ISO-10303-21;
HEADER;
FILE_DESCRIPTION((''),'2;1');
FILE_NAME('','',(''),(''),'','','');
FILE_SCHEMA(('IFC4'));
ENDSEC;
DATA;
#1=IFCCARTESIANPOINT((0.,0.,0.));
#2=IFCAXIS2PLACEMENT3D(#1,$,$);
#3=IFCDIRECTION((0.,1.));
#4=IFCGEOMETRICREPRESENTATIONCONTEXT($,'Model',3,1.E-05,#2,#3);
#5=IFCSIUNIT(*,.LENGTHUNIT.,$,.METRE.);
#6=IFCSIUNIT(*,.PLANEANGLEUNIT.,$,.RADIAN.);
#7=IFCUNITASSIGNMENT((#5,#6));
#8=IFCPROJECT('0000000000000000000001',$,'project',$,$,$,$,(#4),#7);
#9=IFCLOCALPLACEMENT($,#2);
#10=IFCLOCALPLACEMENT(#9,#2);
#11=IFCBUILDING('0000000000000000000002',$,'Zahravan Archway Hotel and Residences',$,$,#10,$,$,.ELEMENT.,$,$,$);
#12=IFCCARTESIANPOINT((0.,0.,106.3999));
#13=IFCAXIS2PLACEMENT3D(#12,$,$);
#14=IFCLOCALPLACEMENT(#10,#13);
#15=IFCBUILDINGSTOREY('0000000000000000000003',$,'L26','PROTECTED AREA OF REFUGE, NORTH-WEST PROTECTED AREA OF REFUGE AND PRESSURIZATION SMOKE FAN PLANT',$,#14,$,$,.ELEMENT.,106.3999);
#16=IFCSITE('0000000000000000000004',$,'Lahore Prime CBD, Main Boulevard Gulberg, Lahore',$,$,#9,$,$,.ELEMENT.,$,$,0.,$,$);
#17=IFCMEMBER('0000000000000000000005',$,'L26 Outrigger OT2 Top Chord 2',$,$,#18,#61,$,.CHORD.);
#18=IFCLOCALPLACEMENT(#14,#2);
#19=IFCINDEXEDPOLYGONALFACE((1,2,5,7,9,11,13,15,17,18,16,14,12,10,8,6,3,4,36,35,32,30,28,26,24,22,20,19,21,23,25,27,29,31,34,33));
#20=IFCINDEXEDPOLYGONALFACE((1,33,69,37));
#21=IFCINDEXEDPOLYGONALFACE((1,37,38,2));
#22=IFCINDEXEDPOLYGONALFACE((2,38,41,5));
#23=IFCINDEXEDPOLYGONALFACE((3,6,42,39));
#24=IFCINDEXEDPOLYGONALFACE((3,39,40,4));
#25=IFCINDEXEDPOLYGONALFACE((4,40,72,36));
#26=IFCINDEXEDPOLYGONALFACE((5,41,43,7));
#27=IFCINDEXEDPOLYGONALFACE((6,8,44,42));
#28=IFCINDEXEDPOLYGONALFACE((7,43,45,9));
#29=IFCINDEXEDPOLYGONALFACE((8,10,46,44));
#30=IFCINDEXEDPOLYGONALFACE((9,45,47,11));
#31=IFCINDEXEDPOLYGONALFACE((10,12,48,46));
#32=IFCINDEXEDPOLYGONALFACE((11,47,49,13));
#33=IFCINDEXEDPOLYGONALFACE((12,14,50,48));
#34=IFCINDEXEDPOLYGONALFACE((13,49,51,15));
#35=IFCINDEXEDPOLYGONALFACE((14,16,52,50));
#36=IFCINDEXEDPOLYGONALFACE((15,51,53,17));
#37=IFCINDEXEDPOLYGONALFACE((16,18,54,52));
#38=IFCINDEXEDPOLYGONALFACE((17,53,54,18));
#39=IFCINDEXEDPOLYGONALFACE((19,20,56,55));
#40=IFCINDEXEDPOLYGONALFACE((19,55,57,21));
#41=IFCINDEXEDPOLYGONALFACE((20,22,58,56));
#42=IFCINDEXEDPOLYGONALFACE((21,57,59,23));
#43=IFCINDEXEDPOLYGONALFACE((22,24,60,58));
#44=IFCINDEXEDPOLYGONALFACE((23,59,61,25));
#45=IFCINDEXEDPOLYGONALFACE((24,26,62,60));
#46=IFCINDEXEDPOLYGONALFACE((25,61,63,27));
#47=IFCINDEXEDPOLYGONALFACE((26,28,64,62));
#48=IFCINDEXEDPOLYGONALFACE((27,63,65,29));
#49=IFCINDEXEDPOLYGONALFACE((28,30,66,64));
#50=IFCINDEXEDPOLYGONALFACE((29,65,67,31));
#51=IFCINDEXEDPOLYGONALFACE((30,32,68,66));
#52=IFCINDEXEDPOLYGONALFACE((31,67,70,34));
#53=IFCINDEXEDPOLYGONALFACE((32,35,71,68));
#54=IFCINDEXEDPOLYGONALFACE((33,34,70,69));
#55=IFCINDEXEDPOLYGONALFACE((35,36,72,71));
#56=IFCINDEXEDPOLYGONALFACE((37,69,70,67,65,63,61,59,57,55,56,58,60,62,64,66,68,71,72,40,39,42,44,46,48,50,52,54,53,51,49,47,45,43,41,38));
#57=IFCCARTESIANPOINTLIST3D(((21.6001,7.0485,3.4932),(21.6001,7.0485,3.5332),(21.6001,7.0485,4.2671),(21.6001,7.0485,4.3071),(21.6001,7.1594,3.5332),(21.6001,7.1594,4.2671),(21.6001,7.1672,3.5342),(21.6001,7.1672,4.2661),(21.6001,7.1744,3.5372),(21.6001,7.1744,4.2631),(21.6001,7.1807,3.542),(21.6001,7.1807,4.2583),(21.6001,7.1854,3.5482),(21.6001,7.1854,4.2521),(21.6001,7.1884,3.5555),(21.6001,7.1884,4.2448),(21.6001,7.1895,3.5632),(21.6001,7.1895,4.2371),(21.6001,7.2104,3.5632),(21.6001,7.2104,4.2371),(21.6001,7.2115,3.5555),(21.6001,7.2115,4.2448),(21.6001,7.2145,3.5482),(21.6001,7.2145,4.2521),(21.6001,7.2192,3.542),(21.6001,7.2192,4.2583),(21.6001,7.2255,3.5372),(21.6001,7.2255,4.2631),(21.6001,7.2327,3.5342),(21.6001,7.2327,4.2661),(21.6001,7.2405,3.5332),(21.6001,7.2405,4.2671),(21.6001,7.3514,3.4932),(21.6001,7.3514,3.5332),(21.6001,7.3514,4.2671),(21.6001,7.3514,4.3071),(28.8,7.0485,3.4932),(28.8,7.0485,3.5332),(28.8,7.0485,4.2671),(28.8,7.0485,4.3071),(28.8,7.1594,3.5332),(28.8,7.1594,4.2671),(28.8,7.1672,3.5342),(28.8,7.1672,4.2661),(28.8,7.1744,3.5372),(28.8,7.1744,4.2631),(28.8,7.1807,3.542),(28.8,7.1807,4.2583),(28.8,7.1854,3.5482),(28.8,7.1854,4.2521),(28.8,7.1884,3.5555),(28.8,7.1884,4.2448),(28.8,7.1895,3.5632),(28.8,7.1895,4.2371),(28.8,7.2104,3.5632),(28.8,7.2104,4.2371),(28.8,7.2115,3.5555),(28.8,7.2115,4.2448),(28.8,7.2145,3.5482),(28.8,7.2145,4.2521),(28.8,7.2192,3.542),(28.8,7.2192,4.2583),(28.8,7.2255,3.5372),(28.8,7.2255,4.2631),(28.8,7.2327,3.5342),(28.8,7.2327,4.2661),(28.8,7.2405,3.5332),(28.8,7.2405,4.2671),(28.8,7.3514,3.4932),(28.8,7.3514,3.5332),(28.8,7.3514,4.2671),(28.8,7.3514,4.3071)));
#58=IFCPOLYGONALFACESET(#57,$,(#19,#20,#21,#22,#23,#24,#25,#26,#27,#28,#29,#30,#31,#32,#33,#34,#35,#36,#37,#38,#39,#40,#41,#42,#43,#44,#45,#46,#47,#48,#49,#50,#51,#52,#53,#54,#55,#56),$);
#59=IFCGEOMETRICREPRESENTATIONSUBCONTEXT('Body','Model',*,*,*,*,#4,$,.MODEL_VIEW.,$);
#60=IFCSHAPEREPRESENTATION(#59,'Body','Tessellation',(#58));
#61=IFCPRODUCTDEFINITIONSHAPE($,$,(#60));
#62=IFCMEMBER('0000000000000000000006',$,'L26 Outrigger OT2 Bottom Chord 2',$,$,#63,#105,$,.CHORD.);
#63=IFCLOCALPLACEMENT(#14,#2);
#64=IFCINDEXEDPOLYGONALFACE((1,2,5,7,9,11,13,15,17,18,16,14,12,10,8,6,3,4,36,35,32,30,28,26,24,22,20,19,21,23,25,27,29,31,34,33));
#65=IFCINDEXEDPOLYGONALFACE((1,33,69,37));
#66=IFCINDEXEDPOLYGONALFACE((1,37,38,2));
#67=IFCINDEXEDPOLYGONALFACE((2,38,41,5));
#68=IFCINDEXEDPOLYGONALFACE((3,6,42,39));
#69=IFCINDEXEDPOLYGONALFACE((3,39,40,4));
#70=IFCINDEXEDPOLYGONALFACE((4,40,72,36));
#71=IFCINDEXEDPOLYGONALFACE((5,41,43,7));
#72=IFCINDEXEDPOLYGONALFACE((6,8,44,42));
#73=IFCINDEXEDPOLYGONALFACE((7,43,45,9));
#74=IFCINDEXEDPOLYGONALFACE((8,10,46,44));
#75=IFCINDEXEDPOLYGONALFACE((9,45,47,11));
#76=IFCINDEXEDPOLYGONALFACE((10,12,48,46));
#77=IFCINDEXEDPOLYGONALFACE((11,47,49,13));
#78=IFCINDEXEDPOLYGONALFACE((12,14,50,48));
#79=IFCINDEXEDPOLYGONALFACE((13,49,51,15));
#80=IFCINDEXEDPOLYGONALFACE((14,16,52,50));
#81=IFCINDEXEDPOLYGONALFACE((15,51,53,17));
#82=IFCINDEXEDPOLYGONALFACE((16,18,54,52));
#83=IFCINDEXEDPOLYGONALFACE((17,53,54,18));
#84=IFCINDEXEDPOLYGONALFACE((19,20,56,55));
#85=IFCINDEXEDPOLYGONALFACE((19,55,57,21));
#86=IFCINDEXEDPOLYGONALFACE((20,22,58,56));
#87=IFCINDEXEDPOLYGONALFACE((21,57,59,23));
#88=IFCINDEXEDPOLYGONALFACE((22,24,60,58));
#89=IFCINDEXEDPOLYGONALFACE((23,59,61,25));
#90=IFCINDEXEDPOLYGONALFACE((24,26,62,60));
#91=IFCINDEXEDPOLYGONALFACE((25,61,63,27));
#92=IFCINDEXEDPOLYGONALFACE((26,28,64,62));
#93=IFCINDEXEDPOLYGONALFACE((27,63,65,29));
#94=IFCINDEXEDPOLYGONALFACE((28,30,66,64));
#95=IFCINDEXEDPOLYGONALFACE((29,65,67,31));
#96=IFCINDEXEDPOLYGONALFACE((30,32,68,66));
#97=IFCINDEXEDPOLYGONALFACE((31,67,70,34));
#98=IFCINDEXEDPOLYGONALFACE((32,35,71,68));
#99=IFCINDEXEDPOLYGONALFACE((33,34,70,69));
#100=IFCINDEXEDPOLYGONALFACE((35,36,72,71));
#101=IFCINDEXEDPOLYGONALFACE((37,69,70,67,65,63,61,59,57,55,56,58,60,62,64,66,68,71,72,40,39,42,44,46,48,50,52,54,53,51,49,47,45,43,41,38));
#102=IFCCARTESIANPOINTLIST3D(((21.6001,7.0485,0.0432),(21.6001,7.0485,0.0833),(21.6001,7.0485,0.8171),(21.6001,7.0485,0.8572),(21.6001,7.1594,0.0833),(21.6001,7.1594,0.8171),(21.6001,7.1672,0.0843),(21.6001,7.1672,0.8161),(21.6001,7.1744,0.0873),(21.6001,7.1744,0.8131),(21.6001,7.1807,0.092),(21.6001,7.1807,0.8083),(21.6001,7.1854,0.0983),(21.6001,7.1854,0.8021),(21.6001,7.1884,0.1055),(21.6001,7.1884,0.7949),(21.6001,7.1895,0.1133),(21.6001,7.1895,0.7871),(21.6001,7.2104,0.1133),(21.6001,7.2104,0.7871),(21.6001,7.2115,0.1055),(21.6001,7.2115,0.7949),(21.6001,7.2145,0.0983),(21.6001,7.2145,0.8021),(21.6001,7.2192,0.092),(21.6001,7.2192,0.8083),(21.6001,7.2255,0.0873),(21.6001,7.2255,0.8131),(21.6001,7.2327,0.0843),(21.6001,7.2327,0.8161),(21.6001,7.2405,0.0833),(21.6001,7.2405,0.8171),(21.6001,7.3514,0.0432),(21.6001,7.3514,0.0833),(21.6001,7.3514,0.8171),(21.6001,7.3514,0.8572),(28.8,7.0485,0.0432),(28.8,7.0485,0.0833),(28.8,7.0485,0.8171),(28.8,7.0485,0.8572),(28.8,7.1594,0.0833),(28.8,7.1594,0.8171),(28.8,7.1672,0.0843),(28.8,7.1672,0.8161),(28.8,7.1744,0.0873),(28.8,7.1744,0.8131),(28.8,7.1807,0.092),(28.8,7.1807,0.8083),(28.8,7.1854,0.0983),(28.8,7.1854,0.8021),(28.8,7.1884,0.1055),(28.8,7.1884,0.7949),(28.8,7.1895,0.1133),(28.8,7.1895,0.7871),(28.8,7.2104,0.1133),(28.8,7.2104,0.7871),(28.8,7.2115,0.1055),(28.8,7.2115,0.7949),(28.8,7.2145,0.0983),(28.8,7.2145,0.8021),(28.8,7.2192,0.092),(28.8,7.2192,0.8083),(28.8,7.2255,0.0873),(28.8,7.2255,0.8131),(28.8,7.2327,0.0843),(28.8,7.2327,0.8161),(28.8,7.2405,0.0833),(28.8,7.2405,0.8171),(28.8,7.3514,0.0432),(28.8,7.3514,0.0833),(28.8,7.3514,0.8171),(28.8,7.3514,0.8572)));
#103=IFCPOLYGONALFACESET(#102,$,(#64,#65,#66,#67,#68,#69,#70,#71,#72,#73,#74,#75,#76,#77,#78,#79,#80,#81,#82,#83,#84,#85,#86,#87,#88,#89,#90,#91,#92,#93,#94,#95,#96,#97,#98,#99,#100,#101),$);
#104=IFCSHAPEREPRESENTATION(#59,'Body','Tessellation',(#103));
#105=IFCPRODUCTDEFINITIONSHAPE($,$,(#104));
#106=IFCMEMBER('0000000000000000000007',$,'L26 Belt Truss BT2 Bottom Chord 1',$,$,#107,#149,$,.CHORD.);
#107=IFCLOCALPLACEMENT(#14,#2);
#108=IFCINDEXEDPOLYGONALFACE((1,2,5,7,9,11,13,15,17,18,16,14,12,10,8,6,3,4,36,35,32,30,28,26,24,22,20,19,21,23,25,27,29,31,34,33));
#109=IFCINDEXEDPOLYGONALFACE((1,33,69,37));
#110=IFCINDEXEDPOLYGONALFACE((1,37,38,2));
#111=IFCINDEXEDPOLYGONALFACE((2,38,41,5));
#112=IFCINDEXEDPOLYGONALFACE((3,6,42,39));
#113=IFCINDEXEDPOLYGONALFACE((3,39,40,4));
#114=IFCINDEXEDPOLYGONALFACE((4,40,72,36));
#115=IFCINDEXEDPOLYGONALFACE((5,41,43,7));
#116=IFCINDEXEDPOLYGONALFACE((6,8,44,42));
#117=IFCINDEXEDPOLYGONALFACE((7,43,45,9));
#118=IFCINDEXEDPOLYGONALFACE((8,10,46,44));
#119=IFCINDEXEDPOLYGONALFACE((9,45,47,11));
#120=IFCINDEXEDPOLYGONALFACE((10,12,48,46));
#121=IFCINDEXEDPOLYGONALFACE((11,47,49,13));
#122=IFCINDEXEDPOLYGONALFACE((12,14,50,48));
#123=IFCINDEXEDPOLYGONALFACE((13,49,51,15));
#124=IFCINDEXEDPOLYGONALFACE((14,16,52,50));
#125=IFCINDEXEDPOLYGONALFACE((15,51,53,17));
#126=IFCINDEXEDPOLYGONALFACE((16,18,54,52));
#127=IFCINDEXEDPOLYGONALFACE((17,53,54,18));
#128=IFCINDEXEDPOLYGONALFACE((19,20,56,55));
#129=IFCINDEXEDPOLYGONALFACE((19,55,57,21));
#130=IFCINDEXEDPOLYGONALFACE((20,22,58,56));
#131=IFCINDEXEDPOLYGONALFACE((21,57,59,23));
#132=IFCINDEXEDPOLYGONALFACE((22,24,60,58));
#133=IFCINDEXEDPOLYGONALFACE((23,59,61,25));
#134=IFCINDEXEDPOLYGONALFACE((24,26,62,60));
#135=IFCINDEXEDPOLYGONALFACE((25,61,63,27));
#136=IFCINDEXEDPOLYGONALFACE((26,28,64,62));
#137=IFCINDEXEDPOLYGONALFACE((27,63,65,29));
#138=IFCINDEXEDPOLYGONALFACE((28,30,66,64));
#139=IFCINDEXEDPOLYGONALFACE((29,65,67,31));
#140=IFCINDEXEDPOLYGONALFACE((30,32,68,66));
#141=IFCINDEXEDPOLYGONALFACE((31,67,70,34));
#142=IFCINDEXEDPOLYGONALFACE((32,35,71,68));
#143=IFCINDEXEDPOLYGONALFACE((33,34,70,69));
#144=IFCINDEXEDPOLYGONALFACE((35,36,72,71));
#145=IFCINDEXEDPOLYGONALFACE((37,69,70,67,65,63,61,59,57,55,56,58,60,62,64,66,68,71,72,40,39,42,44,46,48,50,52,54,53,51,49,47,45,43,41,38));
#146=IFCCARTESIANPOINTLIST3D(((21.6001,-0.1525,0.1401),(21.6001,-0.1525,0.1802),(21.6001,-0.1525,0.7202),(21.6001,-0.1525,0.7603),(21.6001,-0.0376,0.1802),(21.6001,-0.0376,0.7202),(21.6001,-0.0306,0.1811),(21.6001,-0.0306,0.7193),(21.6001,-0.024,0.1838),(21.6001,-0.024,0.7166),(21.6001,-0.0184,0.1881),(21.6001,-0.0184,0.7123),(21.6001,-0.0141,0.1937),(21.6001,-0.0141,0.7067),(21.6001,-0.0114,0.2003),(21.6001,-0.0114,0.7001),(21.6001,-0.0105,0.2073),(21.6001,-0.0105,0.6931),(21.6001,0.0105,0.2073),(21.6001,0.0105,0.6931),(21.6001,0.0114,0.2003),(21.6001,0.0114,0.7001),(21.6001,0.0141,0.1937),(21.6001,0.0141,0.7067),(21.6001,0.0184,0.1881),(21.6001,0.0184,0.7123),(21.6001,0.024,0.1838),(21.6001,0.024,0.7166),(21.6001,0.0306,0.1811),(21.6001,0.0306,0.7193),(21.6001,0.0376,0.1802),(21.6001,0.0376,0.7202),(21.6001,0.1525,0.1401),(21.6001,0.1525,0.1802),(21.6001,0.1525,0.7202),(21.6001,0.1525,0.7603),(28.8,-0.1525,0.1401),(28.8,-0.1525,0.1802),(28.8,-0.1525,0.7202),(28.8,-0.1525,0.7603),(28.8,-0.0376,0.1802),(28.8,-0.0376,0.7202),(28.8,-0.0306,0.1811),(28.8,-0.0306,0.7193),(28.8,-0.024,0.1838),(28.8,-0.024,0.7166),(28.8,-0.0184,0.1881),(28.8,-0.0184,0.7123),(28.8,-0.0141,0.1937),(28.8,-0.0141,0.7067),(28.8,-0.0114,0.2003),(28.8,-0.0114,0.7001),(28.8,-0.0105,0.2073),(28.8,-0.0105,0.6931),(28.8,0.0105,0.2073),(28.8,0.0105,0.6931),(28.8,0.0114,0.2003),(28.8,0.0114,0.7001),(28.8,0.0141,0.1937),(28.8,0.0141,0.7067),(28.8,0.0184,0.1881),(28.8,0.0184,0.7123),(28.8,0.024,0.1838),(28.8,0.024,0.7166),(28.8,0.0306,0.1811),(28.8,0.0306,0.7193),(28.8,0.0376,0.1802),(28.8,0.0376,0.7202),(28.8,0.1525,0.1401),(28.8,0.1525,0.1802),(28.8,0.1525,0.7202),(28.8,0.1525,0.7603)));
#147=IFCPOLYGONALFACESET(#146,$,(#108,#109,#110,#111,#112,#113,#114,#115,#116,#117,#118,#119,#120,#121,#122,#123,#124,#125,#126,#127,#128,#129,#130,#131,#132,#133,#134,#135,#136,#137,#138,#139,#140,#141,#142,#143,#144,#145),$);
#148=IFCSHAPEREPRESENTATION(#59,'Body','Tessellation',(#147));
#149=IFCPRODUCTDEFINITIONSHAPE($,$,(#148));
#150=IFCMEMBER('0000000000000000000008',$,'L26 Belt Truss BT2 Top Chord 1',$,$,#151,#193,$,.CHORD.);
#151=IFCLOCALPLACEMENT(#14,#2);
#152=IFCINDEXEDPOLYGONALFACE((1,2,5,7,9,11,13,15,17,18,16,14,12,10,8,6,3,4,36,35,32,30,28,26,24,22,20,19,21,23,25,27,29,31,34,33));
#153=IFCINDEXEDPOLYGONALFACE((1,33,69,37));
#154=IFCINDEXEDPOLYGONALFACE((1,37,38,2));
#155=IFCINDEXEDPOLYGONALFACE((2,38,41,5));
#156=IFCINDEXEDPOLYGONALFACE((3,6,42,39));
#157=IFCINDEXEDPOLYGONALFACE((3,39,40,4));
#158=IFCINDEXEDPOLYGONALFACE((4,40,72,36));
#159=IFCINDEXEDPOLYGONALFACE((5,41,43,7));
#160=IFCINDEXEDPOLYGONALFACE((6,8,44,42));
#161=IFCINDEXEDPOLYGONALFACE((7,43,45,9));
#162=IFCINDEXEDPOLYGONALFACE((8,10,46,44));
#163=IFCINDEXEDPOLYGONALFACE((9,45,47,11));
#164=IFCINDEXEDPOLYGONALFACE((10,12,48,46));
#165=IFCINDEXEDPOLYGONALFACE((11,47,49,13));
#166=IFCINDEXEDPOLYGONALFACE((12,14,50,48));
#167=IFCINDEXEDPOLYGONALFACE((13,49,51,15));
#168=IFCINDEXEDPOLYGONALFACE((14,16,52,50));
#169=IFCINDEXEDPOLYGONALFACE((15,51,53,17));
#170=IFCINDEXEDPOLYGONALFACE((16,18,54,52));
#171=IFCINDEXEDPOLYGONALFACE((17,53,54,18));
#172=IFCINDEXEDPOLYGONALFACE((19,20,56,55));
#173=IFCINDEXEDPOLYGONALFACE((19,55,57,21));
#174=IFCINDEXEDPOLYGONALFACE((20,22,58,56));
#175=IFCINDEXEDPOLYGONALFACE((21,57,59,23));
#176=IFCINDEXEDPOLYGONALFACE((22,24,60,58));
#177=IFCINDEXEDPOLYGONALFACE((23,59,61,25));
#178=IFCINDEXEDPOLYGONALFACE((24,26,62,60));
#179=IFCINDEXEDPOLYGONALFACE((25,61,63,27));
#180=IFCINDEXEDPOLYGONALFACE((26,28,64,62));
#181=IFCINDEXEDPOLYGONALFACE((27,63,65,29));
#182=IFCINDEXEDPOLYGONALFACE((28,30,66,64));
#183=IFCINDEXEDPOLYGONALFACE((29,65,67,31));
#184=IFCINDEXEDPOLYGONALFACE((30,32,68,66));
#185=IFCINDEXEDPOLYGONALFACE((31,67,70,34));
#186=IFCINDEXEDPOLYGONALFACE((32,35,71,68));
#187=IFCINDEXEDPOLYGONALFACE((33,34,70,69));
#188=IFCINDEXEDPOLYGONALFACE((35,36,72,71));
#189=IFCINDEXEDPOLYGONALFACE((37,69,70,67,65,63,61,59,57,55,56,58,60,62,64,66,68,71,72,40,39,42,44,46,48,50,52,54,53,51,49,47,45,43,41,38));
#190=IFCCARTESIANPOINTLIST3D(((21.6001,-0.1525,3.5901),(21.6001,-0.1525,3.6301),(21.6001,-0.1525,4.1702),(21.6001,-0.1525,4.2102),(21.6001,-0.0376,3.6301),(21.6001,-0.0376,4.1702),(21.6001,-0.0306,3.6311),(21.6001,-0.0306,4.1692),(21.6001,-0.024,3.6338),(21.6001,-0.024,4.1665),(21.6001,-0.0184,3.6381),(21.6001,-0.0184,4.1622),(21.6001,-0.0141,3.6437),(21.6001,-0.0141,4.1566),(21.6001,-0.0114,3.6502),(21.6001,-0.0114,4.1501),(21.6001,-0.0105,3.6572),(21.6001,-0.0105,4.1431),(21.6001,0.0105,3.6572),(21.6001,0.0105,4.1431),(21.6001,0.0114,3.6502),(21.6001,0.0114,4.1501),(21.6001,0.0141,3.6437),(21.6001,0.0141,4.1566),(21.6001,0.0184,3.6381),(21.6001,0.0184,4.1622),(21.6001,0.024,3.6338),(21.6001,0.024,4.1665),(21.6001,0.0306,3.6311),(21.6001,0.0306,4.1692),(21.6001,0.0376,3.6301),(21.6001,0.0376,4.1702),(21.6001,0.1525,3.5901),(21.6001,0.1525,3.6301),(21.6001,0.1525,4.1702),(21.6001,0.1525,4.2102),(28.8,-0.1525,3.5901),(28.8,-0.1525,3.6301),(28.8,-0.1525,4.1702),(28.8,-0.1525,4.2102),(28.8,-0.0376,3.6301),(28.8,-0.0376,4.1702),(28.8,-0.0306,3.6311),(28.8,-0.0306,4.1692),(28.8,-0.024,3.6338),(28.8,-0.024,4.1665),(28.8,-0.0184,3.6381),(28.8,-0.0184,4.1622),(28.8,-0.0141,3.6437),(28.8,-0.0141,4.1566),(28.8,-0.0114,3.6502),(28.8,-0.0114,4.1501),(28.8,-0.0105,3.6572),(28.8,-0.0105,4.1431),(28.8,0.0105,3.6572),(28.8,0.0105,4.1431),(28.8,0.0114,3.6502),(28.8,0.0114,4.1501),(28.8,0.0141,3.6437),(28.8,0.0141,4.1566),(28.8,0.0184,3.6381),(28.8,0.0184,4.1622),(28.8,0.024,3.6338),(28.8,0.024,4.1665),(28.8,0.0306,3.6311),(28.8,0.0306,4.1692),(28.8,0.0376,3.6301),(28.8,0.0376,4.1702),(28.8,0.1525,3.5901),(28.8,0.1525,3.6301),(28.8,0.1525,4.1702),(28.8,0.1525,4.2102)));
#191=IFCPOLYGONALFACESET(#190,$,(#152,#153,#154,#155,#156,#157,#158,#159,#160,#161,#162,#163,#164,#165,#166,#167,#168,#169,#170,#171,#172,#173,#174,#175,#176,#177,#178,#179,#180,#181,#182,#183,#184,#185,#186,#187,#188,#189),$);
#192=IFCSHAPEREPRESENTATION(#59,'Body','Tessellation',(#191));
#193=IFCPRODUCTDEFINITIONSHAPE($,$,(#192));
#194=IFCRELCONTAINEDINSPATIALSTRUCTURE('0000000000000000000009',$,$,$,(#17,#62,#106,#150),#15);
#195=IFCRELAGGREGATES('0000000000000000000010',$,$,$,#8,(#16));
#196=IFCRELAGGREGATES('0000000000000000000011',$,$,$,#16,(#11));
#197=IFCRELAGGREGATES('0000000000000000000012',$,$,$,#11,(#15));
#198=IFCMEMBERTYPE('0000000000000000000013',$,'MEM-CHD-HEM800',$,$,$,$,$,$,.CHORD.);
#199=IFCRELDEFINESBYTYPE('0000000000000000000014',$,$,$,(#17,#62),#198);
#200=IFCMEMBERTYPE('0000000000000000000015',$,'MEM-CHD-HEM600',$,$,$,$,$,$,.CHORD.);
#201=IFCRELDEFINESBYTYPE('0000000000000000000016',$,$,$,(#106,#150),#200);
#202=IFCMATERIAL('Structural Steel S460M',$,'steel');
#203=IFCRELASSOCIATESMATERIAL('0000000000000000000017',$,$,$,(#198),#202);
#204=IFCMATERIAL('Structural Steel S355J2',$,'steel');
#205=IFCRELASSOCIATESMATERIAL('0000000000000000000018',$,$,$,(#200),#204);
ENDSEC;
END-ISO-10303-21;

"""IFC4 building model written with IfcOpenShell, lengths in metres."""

from ifc_helpers import new_model, si_unit, direction, frame, origin, origin_2d, place, context, subcontext, project, spatial, i_section, extrude, source, transform, mapped, material, material_profile, profile_set, type_object, type_shapes, element, save


model = new_model("IFC4")

# Units and contexts
model_context = context("Model", 3, precision=1e-05, world=origin(), true_north=direction((0.0, 1.0)))
body_context = subcontext(model_context, "Body", "Model", "MODEL_VIEW")
ifc_project = project(units=[si_unit("LENGTHUNIT", "METRE"), si_unit("PLANEANGLEUNIT", "RADIAN")], contexts=[model_context])

# Site, building, storey
site_placement = place(None, origin())
site = spatial("IfcSite", under=ifc_project, at=site_placement, Name="Lahore Prime CBD, Main Boulevard Gulberg, Lahore", CompositionType="ELEMENT", RefElevation=0.0)
building_placement = place(site_placement, origin())
building = spatial("IfcBuilding", under=site, at=building_placement, Name="Zahravan Archway Hotel and Residences", CompositionType="ELEMENT")
storey_placement = place(building_placement, frame((0.0, 0.0, 106.3999)))
storey = spatial("IfcBuildingStorey", under=building, at=storey_placement, Name="L26", Description="PROTECTED AREA OF REFUGE, NORTH-WEST PROTECTED AREA OF REFUGE AND PRESSURIZATION SMOKE FAN PLANT", CompositionType="ELEMENT", Elevation=106.3999)

# Shared definitions
ifc_material_1 = material(Name="Structural Steel S460M", Category="steel")

# Members
ifc_material_profile_1 = material_profile(ifc_material_1, i_section(OverallWidth=0.303, OverallDepth=0.814, WebThickness=0.021, FlangeThickness=0.04, FilletRadius=0.03, at=origin_2d()), Name="HEM 800", Category="steel")
ifc_profile_set_1 = profile_set([ifc_material_profile_1], Name="Structural Steel S460M")
member_type_1 = type_object("IfcMemberType", Name="MEM-CHD-HEM800", PredefinedType="CHORD", material=ifc_profile_set_1)
shared_shape_1 = source(origin(), body_context, "Body", "SweptSolid", [
    extrude(i_section(OverallWidth=0.303, OverallDepth=0.814, WebThickness=0.021, FlangeThickness=0.04, FilletRadius=0.03, at=origin_2d()), origin(), (0.0, 0.0, 1.0), 7.2),
])
for number, where, z_axis, x_axis, name in (
    (1, (21.6001, 7.2, 3.9001), (1.0, 0.0, 0.0), (0.0, 1.0, 0.0), "L26 Outrigger OT2 Top Chord 2"),
    (2, (21.6001, 7.2, 0.4502), (1.0, 0.0, 0.0), (0.0, 1.0, 0.0), "L26 Outrigger OT2 Bottom Chord 2"),
):
    element("IfcMember", number, at=place(storey_placement, frame(where, z_axis=z_axis, x_axis=x_axis)), inside=storey, type_object=member_type_1, Name=name, PredefinedType="CHORD", context=body_context, shape_type="MappedRepresentation", body=[
        mapped(shared_shape_1, transform((0.0, 0.0, 0.0), scale=1.0)),
    ])
ifc_material_2 = material(Name="Structural Steel S355J2", Category="steel")
ifc_material_profile_2 = material_profile(ifc_material_2, i_section(OverallWidth=0.3049, OverallDepth=0.6201, WebThickness=0.021, FlangeThickness=0.04, FilletRadius=0.0271, at=origin_2d()), Name="HEM 600", Category="steel")
ifc_profile_set_2 = profile_set([ifc_material_profile_2], Name="Structural Steel S355J2")
member_type_2 = type_object("IfcMemberType", Name="MEM-CHD-HEM600", PredefinedType="CHORD", material=ifc_profile_set_2)
shared_shape_2 = source(origin(), body_context, "Body", "SweptSolid", [
    extrude(i_section(OverallWidth=0.3049, OverallDepth=0.6201, WebThickness=0.021, FlangeThickness=0.04, FilletRadius=0.0271, at=origin_2d()), origin(), (0.0, 0.0, 1.0), 7.2),
])
type_shapes(member_type_2, [shared_shape_2])
for number, where, z_axis, x_axis, name in (
    (3, (21.6001, 0.0, 0.4502), (1.0, 0.0, 0.0), (0.0, 1.0, 0.0), "L26 Belt Truss BT2 Bottom Chord 1"),
    (4, (21.6001, 0.0, 3.9001), (1.0, 0.0, 0.0), (0.0, 1.0, 0.0), "L26 Belt Truss BT2 Top Chord 1"),
):
    element("IfcMember", number, at=place(storey_placement, frame(where, z_axis=z_axis, x_axis=x_axis)), inside=storey, type_object=member_type_2, Name=name, PredefinedType="CHORD", context=body_context, shape_type="MappedRepresentation", body=[
        mapped(shared_shape_2, transform((0.0, 0.0, 0.0), scale=1.0)),
    ])

save(model, "model.ifc")
